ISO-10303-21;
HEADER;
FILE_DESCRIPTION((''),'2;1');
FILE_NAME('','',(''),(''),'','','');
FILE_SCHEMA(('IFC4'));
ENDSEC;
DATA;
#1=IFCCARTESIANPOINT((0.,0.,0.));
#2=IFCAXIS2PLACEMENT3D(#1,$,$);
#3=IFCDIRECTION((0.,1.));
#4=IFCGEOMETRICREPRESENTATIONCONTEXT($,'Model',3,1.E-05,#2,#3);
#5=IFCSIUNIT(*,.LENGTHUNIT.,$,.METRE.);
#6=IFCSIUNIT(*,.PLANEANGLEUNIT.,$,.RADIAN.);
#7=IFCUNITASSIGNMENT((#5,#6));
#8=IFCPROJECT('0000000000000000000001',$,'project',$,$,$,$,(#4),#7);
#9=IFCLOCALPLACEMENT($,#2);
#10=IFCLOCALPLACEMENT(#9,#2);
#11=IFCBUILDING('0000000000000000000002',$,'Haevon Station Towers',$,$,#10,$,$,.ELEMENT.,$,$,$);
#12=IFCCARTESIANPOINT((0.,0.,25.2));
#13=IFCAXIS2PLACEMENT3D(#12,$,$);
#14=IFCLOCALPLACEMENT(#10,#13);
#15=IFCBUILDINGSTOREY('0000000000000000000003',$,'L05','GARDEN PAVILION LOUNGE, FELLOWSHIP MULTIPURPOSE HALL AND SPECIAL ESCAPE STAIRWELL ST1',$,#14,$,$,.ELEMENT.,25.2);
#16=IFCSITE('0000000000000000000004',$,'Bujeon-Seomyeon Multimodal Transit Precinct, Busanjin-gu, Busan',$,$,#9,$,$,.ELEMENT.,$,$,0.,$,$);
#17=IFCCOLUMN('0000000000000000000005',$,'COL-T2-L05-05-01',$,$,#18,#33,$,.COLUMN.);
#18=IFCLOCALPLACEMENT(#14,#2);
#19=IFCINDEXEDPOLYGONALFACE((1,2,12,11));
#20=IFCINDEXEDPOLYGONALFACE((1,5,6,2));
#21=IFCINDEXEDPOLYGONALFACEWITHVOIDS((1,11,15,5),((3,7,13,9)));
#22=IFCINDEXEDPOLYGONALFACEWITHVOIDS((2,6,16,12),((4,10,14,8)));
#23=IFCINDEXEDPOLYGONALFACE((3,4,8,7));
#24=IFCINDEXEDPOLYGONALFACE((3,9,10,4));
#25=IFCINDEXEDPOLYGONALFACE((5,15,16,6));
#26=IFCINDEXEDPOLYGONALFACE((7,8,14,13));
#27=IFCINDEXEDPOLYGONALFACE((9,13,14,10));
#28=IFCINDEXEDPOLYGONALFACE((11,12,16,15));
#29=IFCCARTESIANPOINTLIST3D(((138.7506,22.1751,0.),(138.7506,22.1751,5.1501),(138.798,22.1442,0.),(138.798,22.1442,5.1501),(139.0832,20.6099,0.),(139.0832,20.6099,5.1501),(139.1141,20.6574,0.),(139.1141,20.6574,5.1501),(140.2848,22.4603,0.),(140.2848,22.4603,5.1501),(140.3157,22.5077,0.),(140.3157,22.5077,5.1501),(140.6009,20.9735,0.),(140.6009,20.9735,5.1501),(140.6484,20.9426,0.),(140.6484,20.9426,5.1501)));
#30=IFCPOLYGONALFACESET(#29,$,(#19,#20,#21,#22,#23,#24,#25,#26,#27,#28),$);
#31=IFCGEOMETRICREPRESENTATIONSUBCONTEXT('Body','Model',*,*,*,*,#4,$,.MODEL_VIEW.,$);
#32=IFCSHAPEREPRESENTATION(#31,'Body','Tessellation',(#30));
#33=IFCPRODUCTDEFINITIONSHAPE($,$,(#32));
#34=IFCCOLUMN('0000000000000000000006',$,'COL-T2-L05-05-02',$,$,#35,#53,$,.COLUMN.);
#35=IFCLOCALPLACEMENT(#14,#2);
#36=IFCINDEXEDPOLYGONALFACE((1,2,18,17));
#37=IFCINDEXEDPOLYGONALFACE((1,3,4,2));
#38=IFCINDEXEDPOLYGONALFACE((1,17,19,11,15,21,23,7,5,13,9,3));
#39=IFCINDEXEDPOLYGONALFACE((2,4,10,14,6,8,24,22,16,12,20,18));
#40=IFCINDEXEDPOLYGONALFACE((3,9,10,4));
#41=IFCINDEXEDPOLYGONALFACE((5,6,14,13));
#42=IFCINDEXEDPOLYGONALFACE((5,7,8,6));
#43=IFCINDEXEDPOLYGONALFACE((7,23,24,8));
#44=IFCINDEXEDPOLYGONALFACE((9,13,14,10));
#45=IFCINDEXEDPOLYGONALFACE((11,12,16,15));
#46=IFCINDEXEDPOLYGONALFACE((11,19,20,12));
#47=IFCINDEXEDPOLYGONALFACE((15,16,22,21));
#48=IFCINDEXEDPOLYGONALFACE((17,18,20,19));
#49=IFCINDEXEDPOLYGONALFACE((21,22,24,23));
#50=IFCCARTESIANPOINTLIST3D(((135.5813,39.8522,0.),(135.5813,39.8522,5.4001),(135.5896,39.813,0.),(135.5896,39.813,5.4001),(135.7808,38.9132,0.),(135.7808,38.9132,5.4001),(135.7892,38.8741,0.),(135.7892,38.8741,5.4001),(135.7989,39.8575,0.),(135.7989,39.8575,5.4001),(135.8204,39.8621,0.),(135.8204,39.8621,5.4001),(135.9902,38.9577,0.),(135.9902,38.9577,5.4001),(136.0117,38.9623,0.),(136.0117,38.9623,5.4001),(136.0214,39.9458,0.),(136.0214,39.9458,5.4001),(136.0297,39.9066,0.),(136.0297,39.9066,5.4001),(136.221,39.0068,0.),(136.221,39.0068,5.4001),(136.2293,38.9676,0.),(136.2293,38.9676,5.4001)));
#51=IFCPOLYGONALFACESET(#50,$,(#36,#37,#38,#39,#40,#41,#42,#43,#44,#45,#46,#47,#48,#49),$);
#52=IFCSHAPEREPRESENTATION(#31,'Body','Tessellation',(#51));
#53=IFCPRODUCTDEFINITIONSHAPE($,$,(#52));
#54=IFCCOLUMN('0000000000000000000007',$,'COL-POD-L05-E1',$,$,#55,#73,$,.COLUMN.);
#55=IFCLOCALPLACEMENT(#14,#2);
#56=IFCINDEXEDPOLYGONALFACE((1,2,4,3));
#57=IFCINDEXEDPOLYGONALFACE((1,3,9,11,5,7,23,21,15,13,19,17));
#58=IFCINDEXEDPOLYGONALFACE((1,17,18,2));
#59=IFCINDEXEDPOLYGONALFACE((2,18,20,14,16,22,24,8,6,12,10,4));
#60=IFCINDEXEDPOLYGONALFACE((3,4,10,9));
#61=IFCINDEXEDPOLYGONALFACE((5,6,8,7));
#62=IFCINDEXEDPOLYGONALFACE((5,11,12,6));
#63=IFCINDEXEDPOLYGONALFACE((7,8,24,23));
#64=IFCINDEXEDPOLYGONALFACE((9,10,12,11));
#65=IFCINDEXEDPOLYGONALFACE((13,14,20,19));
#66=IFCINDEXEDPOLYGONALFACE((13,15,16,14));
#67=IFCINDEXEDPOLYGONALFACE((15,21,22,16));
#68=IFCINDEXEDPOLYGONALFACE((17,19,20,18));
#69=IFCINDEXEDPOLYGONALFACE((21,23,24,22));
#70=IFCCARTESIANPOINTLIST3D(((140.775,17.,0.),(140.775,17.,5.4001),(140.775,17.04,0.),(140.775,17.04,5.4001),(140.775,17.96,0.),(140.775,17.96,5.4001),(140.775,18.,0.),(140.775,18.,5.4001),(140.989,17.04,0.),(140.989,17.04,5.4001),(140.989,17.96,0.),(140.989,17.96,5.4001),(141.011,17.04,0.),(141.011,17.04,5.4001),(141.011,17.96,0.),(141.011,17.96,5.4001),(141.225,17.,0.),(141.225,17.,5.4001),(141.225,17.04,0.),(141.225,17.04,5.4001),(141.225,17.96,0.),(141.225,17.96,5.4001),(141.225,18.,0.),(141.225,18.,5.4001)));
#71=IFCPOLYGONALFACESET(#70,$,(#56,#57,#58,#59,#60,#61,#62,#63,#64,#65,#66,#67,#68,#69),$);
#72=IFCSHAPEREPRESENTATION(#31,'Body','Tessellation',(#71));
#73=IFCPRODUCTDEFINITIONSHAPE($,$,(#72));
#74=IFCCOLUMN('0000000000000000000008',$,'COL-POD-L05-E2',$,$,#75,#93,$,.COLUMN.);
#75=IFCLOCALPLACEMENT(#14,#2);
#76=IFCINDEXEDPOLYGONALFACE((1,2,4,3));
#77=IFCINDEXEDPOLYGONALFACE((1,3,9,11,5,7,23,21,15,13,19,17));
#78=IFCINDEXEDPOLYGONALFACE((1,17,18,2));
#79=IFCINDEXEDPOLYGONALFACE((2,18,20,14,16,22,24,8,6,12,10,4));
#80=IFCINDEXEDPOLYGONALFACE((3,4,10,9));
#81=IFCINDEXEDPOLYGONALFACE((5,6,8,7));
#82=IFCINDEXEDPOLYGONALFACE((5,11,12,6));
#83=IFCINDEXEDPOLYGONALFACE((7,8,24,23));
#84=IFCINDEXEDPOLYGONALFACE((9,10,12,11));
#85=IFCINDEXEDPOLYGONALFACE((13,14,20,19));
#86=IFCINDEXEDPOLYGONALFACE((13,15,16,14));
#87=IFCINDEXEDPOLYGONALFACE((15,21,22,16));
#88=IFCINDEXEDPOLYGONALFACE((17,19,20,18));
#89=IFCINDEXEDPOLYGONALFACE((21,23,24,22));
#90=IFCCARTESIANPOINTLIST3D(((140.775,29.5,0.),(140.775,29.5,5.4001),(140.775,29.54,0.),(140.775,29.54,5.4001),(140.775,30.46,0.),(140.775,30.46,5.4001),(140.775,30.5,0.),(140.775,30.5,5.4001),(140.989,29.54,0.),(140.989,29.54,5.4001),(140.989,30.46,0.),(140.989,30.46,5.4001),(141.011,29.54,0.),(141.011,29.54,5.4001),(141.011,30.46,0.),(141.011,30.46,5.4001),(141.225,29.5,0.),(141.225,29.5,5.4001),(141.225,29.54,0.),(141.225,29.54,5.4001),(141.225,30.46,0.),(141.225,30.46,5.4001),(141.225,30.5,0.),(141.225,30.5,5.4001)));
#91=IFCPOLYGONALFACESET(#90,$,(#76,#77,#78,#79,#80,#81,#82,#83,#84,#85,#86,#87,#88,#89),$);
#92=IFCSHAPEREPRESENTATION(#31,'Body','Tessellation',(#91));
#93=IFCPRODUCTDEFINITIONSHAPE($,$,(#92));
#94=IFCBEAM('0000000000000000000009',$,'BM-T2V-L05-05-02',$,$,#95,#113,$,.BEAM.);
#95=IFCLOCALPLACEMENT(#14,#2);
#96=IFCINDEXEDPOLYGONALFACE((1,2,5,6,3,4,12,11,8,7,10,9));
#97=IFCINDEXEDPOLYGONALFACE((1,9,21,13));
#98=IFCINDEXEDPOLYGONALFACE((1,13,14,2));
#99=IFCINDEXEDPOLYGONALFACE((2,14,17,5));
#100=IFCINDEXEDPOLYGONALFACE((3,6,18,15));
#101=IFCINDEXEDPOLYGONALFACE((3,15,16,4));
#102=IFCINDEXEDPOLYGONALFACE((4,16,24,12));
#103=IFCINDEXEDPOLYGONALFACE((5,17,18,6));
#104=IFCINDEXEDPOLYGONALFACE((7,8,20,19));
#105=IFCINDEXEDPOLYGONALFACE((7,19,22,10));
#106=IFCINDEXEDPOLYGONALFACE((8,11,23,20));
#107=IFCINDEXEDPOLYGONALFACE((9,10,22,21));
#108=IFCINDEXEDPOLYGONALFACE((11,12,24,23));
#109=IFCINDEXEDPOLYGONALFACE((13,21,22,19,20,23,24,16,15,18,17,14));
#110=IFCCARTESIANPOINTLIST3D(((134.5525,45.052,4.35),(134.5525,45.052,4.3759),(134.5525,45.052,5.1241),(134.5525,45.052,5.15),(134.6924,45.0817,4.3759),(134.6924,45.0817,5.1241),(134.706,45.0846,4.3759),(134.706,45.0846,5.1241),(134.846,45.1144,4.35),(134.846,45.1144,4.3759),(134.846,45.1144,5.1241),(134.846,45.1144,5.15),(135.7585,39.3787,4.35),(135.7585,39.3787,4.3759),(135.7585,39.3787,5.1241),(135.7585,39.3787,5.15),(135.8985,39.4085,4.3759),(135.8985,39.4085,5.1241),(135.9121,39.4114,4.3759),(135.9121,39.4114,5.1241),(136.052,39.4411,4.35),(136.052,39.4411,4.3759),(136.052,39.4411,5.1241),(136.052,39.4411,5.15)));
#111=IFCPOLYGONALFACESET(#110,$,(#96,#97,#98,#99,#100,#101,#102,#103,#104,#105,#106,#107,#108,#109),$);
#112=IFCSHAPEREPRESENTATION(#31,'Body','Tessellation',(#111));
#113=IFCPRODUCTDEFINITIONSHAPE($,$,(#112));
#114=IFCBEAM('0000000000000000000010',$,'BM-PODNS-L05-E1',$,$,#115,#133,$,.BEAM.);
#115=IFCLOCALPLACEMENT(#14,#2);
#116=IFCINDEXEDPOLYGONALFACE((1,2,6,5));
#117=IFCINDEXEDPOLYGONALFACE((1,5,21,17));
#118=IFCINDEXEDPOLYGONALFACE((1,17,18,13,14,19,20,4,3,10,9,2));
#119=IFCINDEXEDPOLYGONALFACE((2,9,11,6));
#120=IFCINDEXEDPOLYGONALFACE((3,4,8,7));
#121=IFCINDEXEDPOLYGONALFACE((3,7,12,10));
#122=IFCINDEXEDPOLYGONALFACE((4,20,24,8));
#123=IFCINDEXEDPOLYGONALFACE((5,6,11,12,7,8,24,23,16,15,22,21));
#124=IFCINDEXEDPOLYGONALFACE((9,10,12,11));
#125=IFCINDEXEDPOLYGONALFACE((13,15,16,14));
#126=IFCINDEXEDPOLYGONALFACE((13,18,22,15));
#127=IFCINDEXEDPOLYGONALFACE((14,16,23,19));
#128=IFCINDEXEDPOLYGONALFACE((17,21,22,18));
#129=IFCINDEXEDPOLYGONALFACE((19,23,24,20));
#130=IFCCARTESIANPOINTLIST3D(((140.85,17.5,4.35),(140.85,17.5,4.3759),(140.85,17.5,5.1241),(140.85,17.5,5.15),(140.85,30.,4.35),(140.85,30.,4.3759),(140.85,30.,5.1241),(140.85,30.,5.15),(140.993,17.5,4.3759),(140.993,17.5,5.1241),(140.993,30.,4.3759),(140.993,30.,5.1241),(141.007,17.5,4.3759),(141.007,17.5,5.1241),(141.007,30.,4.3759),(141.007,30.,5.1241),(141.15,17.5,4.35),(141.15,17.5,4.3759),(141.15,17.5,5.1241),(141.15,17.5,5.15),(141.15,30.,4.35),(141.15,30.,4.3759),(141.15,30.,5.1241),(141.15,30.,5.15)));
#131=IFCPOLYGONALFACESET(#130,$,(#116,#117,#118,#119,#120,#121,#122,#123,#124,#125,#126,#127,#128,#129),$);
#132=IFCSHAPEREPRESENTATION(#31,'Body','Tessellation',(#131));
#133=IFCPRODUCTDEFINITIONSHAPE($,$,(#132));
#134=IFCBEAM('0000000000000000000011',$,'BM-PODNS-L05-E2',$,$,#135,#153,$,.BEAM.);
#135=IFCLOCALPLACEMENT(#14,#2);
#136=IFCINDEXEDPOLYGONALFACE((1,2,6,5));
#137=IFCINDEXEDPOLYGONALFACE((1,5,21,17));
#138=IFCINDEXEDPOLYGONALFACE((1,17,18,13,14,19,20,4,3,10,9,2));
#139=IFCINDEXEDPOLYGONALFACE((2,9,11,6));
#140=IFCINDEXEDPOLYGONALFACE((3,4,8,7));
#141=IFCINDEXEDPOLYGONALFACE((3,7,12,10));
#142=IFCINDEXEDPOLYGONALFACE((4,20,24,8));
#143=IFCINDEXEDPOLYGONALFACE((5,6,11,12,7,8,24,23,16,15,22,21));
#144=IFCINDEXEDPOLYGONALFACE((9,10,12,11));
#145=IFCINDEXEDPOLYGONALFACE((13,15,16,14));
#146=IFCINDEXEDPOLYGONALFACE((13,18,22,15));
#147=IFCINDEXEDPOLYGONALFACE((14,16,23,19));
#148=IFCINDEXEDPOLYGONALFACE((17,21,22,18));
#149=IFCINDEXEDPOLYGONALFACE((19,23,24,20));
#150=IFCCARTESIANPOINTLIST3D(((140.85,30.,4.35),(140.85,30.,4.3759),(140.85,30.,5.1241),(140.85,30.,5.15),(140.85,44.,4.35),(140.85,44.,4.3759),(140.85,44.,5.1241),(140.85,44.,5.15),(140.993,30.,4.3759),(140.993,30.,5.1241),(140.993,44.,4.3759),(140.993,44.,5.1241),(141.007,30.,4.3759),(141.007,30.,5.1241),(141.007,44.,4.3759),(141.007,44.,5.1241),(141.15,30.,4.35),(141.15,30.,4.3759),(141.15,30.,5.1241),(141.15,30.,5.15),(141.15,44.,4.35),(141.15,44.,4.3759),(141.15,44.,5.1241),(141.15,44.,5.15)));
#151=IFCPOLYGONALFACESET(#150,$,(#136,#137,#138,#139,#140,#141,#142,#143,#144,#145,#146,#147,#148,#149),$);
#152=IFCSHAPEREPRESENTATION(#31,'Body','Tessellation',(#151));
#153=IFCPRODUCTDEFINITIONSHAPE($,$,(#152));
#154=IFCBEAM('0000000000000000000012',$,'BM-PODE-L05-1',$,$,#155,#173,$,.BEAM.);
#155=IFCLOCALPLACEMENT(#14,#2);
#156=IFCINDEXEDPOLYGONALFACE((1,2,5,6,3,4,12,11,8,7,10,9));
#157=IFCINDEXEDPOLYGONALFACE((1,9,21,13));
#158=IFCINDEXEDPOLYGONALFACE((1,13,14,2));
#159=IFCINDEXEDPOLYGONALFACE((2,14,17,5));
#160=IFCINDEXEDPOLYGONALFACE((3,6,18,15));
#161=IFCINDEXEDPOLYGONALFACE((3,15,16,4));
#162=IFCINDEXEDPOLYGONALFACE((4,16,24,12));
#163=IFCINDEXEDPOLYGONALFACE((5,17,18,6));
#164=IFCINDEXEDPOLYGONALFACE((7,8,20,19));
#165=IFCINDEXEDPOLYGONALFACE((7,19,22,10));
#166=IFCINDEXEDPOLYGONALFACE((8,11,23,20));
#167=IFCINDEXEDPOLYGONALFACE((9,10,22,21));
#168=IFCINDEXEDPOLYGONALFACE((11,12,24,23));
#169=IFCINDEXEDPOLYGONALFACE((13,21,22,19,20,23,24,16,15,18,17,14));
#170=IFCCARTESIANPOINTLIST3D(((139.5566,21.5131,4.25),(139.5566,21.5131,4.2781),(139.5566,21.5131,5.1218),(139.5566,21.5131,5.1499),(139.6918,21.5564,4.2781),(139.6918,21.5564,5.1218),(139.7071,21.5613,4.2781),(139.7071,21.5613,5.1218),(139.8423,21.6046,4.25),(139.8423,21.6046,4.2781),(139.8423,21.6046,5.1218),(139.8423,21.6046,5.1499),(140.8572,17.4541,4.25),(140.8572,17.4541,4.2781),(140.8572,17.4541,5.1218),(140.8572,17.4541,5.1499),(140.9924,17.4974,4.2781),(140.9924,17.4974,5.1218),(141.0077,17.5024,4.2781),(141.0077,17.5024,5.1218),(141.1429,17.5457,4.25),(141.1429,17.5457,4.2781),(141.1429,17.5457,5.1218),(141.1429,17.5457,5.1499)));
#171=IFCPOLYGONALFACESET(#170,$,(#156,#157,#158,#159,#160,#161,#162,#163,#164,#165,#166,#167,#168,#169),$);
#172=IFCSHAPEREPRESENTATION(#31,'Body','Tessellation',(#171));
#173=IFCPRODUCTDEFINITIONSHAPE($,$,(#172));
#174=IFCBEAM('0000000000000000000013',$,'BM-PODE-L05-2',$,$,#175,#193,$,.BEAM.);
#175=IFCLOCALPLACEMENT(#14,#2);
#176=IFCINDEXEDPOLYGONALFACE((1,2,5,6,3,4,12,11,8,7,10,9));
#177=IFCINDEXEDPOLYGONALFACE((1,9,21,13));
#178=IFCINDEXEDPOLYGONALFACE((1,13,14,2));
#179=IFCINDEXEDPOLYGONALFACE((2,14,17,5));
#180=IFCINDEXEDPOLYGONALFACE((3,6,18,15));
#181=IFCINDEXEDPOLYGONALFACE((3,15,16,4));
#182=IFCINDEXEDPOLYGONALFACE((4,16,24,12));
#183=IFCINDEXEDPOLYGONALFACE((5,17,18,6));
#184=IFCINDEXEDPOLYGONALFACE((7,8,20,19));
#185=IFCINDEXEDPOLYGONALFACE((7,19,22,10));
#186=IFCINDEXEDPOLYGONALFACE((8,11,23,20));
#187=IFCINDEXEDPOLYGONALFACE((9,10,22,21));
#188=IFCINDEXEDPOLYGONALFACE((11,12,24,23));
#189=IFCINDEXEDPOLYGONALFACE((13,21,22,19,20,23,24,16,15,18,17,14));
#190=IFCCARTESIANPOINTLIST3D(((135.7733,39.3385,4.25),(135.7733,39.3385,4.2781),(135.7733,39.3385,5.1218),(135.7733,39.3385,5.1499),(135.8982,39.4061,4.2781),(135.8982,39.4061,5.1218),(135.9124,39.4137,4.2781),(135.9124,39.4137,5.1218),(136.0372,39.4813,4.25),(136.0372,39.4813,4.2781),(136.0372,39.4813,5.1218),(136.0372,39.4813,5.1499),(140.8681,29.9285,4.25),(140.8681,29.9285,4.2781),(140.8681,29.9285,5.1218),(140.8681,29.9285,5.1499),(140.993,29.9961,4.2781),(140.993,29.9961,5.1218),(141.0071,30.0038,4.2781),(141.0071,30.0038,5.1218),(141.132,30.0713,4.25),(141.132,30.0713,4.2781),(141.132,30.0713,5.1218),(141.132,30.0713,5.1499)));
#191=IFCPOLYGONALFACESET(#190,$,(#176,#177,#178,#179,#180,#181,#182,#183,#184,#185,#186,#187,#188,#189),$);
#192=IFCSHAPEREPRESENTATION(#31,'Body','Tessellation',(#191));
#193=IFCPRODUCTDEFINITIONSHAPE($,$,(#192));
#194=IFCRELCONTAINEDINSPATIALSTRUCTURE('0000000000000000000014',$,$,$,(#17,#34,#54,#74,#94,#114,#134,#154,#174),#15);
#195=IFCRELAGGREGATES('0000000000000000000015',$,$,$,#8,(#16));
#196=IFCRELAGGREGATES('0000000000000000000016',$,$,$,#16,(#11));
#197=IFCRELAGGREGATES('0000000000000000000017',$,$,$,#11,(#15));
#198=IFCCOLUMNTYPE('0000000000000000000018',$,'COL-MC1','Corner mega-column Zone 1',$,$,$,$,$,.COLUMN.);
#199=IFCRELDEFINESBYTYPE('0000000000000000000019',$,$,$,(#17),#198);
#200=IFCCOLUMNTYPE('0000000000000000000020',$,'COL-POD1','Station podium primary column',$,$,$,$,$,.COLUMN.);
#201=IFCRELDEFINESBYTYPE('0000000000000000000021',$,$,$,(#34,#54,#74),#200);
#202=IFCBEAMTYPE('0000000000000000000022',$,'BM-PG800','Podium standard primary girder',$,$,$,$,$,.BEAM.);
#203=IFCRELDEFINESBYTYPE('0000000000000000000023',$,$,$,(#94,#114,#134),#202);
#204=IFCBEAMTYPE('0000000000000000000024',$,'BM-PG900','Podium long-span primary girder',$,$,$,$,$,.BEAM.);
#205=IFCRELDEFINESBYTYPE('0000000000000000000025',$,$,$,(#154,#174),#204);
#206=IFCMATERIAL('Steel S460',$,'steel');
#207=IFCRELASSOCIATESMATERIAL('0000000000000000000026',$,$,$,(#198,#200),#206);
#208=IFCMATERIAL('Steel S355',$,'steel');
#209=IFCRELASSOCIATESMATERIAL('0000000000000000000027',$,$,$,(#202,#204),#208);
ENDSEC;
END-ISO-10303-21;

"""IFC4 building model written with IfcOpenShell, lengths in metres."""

from ifc_helpers import new_model, si_unit, direction, frame, origin, origin_2d, place, context, subcontext, project, spatial, hollow_rectangle, i_section, extrude, material, material_profile, profile_set, type_object, element, save


model = new_model("IFC4")

# Units and contexts
model_context = context("Model", 3, precision=1e-05, world=origin(), true_north=direction((0.0, 1.0)))
body_context = subcontext(model_context, "Body", "Model", "MODEL_VIEW")
ifc_project = project(units=[si_unit("LENGTHUNIT", "METRE"), si_unit("PLANEANGLEUNIT", "RADIAN")], contexts=[model_context])

# Site, building, storey
site_placement = place(None, origin())
site = spatial("IfcSite", under=ifc_project, at=site_placement, Name="Bujeon-Seomyeon Multimodal Transit Precinct, Busanjin-gu, Busan", CompositionType="ELEMENT", RefElevation=0.0)
building_placement = place(site_placement, origin())
building = spatial("IfcBuilding", under=site, at=building_placement, Name="Haevon Station Towers", CompositionType="ELEMENT")
storey_placement = place(building_placement, frame((0.0, 0.0, 25.2)))
storey = spatial("IfcBuildingStorey", under=building, at=storey_placement, Name="L05", Description="GARDEN PAVILION LOUNGE, FELLOWSHIP MULTIPURPOSE HALL AND SPECIAL ESCAPE STAIRWELL ST1", CompositionType="ELEMENT", Elevation=25.2)

# Columns
ifc_material_1 = material(Name="Steel S460", Category="steel")
ifc_material_profile_1 = material_profile(ifc_material_1, hollow_rectangle(XDim=1.6001, YDim=1.6001, WallThickness=0.04, at=origin_2d()), Name="BOX-1600x1600x40")
ifc_profile_set_1 = profile_set([ifc_material_profile_1], Name="Steel S460")
column_type_1 = type_object("IfcColumnType", Name="COL-MC1", Description="Corner mega-column Zone 1", PredefinedType="COLUMN", material=ifc_profile_set_1)
column_placement = place(storey_placement, frame((139.6995, 21.5588, 0.0), z_axis=(0.0, 0.0, 1.0), x_axis=(0.978148, 0.207912, 0.0)))
element("IfcColumn", 1, at=column_placement, inside=storey, type_object=column_type_1, Name="COL-T2-L05-05-01", PredefinedType="COLUMN", context=body_context, shape_type="SweptSolid", body=[
    extrude(hollow_rectangle(XDim=1.6001, YDim=1.6001, WallThickness=0.04, at=origin_2d()), origin(), (0.0, 0.0, 1.0), 5.1501),
])
ifc_material_profile_2 = material_profile(ifc_material_1, i_section(OverallWidth=0.45, OverallDepth=1.0, WebThickness=0.022, FlangeThickness=0.04, at=origin_2d()), Name="H-1000x450x22x40")
ifc_profile_set_2 = profile_set([ifc_material_profile_2], Name="Steel S460")
column_type_2 = type_object("IfcColumnType", Name="COL-POD1", Description="Station podium primary column", PredefinedType="COLUMN", material=ifc_profile_set_2)
for number, where, z_axis, x_axis, name in (
    (2, (135.9053, 39.4099, 0.0), (0.0, 0.0, 1.0), (0.978148, 0.207912, 0.0), "COL-T2-L05-05-02"),
    (3, (141.0, 17.5, 0.0), (0.0, 0.0, 1.0), (1.0, 0.0, 0.0), "COL-POD-L05-E1"),
    (4, (141.0, 30.0, 0.0), (0.0, 0.0, 1.0), (1.0, 0.0, 0.0), "COL-POD-L05-E2"),
):
    element("IfcColumn", number, at=place(storey_placement, frame(where, z_axis=z_axis, x_axis=x_axis)), inside=storey, type_object=column_type_2, Name=name, PredefinedType="COLUMN", context=body_context, shape_type="SweptSolid", body=[
        extrude(i_section(OverallWidth=0.45, OverallDepth=1.0, WebThickness=0.022, FlangeThickness=0.04, at=origin_2d()), origin(), (0.0, 0.0, 1.0), 5.4001),
    ])

# Beams
ifc_material_2 = material(Name="Steel S355", Category="steel")
ifc_material_profile_3 = material_profile(ifc_material_2, i_section(OverallWidth=0.3, OverallDepth=0.8, WebThickness=0.0139, FlangeThickness=0.0259, at=origin_2d()), Name="H-800x300x14x26")
ifc_profile_set_3 = profile_set([ifc_material_profile_3], Name="Steel S355")
beam_type_1 = type_object("IfcBeamType", Name="BM-PG800", Description="Podium standard primary girder", PredefinedType="BEAM", material=ifc_profile_set_3)
beam_1_placement = place(storey_placement, frame((135.9053, 39.4099, 4.75), z_axis=(-0.207936, 0.978142, 0.0), x_axis=(-0.978142, -0.207936, 0.0)))
element("IfcBeam", 5, at=beam_1_placement, inside=storey, type_object=beam_type_1, Name="BM-T2V-L05-05-02", PredefinedType="BEAM", context=body_context, shape_type="SweptSolid", body=[
    extrude(i_section(OverallWidth=0.3, OverallDepth=0.8, WebThickness=0.0139, FlangeThickness=0.0259, at=origin_2d()), origin(), (0.0, 0.0, 1.0), 5.8),
])
beam_2_placement = place(storey_placement, frame((141.0, 17.5, 4.75), z_axis=(0.0, 1.0, 0.0), x_axis=(-1.0, 0.0, 0.0)))
element("IfcBeam", 6, at=beam_2_placement, inside=storey, type_object=beam_type_1, Name="BM-PODNS-L05-E1", PredefinedType="BEAM", context=body_context, shape_type="SweptSolid", body=[
    extrude(i_section(OverallWidth=0.3, OverallDepth=0.8, WebThickness=0.0139, FlangeThickness=0.0259, at=origin_2d()), origin(), (0.0, 0.0, 1.0), 12.5),
])
beam_3_placement = place(storey_placement, frame((141.0, 30.0, 4.75), z_axis=(0.0, 1.0, 0.0), x_axis=(-1.0, 0.0, 0.0)))
element("IfcBeam", 7, at=beam_3_placement, inside=storey, type_object=beam_type_1, Name="BM-PODNS-L05-E2", PredefinedType="BEAM", context=body_context, shape_type="SweptSolid", body=[
    extrude(i_section(OverallWidth=0.3, OverallDepth=0.8, WebThickness=0.0139, FlangeThickness=0.0259, at=origin_2d()), origin(), (0.0, 0.0, 1.0), 14.0),
])
ifc_material_profile_4 = material_profile(ifc_material_2, i_section(OverallWidth=0.3, OverallDepth=0.8999, WebThickness=0.0161, FlangeThickness=0.0281, at=origin_2d()), Name="H-900x300x16x28")
ifc_profile_set_4 = profile_set([ifc_material_profile_4], Name="Steel S355")
beam_type_2 = type_object("IfcBeamType", Name="BM-PG900", Description="Podium long-span primary girder", PredefinedType="BEAM", material=ifc_profile_set_4)
beam_4_placement = place(storey_placement, frame((139.6995, 21.5588, 4.7), z_axis=(0.305139, -0.952308, 0.0), x_axis=(0.952308, 0.305139, 0.0)))
element("IfcBeam", 8, at=beam_4_placement, inside=storey, type_object=beam_type_2, Name="BM-PODE-L05-1", PredefinedType="BEAM", context=body_context, shape_type="SweptSolid", body=[
    extrude(i_section(OverallWidth=0.3, OverallDepth=0.8999, WebThickness=0.0161, FlangeThickness=0.0281, at=origin_2d()), origin(), (0.0, 0.0, 1.0), 4.2622),
])
beam_5_placement = place(storey_placement, frame((135.9053, 39.4099, 4.7), z_axis=(0.476116, -0.879382, 0.0), x_axis=(0.879382, 0.476116, 0.0)))
element("IfcBeam", 9, at=beam_5_placement, inside=storey, type_object=beam_type_2, Name="BM-PODE-L05-2", PredefinedType="BEAM", context=body_context, shape_type="SweptSolid", body=[
    extrude(i_section(OverallWidth=0.3, OverallDepth=0.8999, WebThickness=0.0161, FlangeThickness=0.0281, at=origin_2d()), origin(), (0.0, 0.0, 1.0), 10.7007),
])

save(model, "model.ifc")
